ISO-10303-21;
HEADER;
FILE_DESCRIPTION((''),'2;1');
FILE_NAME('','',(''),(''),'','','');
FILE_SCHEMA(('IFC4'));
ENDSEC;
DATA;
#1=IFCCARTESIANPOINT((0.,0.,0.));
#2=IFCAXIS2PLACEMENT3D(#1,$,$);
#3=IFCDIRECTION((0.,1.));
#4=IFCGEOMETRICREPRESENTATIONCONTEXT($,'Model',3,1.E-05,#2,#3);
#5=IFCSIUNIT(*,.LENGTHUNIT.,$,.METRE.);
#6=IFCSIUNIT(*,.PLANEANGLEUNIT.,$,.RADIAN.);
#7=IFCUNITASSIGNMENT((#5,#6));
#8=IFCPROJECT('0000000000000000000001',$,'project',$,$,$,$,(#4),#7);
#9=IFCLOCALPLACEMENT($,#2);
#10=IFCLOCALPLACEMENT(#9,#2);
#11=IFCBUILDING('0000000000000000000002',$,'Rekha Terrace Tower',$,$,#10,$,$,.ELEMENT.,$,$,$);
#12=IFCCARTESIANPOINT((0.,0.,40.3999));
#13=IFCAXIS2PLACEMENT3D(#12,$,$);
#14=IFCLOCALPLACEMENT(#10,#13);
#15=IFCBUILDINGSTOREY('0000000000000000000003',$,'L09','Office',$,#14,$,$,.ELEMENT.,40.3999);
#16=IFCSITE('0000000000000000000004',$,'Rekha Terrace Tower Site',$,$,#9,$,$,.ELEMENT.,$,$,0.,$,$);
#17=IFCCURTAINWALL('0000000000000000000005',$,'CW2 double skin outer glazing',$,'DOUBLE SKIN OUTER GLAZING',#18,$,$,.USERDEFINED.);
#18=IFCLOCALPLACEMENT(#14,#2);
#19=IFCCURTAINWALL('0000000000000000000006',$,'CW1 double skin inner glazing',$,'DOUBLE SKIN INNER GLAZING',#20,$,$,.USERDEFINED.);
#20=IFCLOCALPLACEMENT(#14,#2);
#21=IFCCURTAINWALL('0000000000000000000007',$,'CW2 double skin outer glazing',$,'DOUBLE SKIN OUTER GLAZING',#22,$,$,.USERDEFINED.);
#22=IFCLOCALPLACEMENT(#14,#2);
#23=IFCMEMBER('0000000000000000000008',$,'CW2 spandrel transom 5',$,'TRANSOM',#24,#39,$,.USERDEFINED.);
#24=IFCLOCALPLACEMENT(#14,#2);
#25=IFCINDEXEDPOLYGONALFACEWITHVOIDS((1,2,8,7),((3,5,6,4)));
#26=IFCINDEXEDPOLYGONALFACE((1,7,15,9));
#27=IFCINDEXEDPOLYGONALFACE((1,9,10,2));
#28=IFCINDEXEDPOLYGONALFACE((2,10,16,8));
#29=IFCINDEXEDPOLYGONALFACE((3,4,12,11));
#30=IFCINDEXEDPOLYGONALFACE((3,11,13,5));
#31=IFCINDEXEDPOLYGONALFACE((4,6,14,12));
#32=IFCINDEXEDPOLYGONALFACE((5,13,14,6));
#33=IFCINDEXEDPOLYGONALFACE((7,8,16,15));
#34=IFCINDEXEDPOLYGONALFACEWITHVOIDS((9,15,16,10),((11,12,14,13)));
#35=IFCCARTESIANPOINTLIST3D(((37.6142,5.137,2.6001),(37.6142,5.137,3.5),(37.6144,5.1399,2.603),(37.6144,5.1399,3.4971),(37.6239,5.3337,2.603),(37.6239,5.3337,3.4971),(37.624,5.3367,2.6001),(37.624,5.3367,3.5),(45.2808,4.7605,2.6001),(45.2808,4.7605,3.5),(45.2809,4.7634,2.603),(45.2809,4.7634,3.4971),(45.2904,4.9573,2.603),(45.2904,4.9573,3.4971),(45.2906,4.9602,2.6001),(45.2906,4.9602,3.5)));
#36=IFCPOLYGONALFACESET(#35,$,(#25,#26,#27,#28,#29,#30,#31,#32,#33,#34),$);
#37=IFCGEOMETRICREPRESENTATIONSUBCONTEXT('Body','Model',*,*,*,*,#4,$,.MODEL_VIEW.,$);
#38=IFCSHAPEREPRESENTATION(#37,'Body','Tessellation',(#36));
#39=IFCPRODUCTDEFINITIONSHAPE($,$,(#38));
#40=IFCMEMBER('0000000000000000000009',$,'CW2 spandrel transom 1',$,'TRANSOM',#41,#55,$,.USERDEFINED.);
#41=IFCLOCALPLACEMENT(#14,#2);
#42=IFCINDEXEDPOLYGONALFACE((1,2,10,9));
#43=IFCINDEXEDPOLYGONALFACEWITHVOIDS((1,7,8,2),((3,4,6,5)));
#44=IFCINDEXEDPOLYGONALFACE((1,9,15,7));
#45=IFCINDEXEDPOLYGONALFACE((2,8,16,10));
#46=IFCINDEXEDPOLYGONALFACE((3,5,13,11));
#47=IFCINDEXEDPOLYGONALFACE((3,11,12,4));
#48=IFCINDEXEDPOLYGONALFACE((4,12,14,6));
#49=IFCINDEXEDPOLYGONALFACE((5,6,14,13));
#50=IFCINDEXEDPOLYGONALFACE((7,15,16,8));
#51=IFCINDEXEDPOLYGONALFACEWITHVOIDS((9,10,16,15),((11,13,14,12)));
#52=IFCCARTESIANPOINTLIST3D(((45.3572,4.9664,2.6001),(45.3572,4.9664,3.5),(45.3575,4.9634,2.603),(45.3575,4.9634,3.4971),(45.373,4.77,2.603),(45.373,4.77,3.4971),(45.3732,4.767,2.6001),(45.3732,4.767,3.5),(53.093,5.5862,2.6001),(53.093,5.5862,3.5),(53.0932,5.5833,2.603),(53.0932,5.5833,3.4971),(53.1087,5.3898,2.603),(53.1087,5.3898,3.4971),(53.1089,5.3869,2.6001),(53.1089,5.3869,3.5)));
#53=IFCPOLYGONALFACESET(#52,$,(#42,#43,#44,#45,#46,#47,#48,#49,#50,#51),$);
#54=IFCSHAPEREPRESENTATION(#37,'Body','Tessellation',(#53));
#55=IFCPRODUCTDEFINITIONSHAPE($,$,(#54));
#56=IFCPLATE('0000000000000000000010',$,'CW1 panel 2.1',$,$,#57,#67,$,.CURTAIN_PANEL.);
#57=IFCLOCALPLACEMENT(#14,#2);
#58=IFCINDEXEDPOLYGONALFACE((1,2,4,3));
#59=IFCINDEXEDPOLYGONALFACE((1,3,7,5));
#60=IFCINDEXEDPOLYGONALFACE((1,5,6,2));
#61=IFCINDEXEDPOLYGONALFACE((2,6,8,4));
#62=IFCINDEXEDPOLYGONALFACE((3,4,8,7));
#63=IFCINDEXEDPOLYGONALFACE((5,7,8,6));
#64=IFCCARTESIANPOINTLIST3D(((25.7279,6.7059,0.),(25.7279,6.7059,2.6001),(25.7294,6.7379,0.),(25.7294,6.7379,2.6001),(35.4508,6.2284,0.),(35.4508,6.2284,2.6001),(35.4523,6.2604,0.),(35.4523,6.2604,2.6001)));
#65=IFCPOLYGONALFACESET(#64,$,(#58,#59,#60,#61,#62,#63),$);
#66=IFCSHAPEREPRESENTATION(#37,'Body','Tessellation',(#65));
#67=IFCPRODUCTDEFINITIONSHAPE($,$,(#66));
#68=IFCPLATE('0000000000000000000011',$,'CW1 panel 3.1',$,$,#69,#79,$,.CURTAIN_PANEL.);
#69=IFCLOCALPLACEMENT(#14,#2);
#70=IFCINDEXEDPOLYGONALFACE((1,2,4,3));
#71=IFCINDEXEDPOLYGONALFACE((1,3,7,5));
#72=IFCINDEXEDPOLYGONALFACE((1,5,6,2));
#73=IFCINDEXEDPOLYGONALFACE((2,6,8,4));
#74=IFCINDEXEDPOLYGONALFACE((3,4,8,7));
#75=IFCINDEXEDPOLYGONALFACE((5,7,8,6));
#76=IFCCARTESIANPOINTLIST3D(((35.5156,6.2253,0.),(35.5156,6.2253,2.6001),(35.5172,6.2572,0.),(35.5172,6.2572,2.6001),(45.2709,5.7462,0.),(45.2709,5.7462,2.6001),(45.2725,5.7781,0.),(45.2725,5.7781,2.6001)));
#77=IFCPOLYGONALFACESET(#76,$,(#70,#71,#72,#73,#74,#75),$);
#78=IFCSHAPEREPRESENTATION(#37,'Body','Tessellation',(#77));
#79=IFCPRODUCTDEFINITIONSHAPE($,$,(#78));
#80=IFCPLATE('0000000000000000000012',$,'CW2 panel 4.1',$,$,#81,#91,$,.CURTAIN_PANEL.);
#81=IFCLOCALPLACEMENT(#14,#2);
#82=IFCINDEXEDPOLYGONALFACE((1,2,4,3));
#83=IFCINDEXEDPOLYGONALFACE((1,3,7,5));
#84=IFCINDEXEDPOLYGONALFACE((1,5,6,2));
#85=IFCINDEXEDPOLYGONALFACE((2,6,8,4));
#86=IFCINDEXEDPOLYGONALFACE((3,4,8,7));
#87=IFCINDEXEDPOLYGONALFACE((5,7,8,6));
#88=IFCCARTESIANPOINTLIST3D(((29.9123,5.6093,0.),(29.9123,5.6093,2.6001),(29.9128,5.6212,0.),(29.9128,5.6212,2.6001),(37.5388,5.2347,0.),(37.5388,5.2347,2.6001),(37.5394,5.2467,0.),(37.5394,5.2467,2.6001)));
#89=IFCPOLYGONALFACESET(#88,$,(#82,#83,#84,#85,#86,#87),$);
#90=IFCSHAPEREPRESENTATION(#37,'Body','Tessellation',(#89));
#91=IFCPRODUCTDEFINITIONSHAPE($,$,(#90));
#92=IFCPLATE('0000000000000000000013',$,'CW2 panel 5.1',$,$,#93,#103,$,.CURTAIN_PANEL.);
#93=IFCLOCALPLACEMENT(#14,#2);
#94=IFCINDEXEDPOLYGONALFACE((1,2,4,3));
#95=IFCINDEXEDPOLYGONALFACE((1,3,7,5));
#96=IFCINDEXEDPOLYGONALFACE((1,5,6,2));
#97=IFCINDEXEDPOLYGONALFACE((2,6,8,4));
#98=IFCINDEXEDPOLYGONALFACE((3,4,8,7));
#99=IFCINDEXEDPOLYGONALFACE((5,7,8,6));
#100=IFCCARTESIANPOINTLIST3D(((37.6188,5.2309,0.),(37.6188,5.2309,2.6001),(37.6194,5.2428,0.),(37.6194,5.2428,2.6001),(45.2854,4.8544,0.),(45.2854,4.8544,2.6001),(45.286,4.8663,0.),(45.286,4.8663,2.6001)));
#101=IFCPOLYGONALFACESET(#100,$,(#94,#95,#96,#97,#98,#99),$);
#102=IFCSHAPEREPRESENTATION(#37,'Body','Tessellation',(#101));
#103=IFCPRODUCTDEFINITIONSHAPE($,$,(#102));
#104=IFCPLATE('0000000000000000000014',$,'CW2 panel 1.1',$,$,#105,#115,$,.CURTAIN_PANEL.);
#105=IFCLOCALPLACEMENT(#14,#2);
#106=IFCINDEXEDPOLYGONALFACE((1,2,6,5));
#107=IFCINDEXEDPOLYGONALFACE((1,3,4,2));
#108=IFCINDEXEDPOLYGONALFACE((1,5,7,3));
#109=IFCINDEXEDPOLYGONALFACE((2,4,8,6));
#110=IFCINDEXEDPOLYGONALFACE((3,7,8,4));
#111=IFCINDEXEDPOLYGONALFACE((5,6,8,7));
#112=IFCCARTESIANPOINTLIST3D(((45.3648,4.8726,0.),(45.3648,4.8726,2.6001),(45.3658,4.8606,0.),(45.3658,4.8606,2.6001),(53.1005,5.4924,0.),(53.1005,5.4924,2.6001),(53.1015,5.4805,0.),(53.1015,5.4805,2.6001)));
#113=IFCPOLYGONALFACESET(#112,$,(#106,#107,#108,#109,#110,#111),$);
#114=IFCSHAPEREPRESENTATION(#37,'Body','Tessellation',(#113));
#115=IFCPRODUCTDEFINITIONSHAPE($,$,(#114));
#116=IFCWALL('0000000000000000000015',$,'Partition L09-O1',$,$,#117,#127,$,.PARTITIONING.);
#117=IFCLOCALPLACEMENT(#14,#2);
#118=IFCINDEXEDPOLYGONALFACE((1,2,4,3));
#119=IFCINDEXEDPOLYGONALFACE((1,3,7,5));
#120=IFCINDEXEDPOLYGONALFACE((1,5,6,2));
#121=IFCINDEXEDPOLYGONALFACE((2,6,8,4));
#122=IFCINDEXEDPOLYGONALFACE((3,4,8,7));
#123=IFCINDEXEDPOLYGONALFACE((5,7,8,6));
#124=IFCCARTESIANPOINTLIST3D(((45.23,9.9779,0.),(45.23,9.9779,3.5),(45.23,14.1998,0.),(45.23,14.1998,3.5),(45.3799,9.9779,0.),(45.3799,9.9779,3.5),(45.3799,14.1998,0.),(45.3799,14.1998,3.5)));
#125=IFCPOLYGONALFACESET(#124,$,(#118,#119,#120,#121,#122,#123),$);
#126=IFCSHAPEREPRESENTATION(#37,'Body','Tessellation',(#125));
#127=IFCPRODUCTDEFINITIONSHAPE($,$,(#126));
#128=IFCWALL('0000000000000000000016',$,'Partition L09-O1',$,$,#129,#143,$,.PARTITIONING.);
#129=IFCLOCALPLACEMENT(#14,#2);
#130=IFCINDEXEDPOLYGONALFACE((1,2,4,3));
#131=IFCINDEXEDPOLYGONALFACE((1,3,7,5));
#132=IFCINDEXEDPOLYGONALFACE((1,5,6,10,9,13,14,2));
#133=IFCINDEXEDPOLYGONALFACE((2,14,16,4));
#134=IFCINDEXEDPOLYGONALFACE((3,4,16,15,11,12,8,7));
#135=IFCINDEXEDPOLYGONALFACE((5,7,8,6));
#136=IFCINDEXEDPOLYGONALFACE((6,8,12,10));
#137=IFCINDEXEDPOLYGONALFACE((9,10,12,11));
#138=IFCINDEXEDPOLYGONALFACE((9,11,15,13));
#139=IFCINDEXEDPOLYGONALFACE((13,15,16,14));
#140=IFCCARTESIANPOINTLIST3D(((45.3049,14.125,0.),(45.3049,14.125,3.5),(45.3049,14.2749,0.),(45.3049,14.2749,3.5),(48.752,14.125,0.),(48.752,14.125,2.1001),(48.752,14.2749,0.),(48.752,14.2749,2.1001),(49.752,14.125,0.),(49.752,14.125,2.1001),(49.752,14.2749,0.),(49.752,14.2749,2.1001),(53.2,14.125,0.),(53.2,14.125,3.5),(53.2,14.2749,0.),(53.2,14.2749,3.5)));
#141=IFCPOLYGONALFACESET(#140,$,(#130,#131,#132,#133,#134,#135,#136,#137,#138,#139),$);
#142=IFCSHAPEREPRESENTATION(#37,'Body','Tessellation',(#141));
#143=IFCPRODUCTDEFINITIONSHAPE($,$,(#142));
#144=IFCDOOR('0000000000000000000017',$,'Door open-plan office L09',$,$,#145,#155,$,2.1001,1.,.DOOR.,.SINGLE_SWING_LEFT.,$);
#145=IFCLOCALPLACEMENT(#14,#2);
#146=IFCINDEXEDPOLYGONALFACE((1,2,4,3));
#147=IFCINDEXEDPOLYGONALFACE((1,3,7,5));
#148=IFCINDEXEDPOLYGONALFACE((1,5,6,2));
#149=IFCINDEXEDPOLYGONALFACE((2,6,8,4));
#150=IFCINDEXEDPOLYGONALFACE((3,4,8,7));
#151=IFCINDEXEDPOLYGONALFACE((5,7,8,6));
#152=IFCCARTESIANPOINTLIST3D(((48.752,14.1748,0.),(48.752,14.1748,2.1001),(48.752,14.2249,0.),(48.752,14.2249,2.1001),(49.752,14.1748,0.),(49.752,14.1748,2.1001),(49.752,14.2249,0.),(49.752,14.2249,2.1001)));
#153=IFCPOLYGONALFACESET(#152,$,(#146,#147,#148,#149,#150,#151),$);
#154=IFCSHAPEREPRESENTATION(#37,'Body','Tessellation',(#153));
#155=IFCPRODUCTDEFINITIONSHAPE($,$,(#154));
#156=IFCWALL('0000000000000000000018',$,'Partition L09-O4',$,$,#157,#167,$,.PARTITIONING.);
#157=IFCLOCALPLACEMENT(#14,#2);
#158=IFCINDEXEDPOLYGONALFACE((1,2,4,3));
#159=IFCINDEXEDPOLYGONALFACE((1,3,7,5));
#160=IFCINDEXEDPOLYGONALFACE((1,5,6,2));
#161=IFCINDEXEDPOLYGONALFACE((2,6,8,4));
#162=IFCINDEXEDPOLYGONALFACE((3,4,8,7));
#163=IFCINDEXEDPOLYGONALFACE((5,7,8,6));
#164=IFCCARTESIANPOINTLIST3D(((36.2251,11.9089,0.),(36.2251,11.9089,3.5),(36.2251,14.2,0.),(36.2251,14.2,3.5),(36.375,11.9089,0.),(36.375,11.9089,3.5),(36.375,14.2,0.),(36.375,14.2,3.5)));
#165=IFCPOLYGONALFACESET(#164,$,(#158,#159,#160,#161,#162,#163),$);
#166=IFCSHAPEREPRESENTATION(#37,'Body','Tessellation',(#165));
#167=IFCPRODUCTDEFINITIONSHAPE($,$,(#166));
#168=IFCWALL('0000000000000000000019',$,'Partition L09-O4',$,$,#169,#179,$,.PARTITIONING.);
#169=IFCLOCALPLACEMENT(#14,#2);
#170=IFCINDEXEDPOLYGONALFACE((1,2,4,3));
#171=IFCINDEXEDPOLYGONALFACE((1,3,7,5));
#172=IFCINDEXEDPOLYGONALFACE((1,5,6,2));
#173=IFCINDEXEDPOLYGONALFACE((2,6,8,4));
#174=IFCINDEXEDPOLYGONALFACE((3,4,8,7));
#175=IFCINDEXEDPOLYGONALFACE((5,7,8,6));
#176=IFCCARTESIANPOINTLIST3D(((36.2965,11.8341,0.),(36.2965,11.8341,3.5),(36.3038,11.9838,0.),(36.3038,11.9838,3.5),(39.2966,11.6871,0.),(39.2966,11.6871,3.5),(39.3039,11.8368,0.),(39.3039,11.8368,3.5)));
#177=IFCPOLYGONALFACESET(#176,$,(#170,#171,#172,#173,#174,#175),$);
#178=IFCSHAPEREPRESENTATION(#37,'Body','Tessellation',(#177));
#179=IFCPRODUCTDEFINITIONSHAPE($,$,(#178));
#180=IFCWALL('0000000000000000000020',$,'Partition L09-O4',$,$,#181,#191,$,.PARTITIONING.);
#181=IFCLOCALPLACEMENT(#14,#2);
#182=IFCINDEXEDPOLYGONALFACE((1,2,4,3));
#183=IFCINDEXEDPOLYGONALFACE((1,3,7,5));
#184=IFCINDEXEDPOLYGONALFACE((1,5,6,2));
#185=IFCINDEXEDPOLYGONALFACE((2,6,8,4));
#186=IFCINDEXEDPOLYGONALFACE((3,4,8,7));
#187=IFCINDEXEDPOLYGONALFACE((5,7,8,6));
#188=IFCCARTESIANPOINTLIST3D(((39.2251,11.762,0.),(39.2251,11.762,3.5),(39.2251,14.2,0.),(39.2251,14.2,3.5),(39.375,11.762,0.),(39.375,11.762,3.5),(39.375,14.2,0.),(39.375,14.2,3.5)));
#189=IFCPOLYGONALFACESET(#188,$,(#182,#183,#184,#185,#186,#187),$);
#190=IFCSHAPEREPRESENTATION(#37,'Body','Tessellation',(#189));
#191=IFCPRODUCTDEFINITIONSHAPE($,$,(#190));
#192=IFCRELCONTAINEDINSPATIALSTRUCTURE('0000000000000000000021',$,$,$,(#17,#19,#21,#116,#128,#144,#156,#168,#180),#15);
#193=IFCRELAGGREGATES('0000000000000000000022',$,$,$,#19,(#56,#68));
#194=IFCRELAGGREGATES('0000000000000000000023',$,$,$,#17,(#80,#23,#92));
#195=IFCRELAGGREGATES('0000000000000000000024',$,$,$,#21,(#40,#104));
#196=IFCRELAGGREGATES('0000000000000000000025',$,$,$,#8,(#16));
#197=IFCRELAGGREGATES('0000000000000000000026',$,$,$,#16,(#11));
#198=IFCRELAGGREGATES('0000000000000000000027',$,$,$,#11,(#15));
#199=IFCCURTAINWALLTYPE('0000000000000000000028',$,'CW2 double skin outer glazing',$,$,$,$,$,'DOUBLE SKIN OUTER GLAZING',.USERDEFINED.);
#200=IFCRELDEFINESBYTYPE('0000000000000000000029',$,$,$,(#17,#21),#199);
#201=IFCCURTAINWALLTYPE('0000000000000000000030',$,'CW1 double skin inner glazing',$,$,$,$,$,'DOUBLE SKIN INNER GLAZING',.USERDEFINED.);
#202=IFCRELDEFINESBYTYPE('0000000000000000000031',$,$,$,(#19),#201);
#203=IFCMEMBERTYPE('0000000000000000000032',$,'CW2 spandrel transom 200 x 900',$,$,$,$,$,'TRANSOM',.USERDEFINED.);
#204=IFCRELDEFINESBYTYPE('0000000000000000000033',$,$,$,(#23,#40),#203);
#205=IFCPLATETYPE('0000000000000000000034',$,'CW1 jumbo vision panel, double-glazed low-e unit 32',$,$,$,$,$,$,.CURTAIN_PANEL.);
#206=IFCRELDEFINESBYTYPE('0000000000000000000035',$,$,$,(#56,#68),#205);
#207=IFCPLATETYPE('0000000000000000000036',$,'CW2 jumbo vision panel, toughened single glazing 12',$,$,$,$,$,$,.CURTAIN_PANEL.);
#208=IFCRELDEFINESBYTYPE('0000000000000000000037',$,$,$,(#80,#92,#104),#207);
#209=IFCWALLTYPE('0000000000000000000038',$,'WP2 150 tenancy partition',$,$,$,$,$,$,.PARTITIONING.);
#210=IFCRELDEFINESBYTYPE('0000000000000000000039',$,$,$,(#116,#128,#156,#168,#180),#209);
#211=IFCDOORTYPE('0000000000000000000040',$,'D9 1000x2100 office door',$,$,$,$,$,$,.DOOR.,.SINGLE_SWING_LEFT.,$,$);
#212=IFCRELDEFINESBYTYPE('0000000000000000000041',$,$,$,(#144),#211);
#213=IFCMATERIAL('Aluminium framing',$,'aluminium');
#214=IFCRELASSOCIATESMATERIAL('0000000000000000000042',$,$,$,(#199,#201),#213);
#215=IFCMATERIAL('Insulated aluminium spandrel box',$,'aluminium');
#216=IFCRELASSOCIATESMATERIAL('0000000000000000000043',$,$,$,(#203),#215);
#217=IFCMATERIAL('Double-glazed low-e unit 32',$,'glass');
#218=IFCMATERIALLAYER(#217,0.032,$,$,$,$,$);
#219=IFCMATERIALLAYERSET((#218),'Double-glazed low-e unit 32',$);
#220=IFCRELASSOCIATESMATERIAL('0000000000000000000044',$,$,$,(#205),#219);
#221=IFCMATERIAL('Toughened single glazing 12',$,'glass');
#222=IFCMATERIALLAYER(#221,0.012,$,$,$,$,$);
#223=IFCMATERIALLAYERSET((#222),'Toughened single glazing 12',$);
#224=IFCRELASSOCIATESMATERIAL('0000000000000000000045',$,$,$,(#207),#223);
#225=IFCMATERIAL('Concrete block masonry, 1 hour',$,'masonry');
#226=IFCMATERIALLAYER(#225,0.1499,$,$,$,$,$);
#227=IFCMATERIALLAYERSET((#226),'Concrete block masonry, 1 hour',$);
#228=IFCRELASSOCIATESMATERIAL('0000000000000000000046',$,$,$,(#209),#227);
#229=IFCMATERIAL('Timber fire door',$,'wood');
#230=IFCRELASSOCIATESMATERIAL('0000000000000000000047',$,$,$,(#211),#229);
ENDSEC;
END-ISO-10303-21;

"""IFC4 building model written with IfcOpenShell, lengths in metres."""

from ifc_helpers import new_model, si_unit, direction, frame, frame_2d, origin, origin_2d, place, context, subcontext, project, spatial, rectangle, hollow_rectangle, extrude, material, layer, layer_set, material_profile, profile_set, type_object, element, fill, aggregate, save


model = new_model("IFC4")

# Units and contexts
model_context = context("Model", 3, precision=1e-05, world=origin(), true_north=direction((0.0, 1.0)))
body_context = subcontext(model_context, "Body", "Model", "MODEL_VIEW")
ifc_project = project(units=[si_unit("LENGTHUNIT", "METRE"), si_unit("PLANEANGLEUNIT", "RADIAN")], contexts=[model_context])

# Site, building, storey
site_placement = place(None, origin())
site = spatial("IfcSite", under=ifc_project, at=site_placement, Name="Rekha Terrace Tower Site", CompositionType="ELEMENT", RefElevation=0.0)
building_placement = place(site_placement, origin())
building = spatial("IfcBuilding", under=site, at=building_placement, Name="Rekha Terrace Tower", CompositionType="ELEMENT")
storey_placement = place(building_placement, frame((0.0, 0.0, 40.3999)))
storey = spatial("IfcBuildingStorey", under=building, at=storey_placement, Name="L09", Description="Office", CompositionType="ELEMENT", Elevation=40.3999)

# Curtain walls
ifc_material_1 = material(Name="Aluminium framing", Category="aluminium")
curtain_wall_type_1 = type_object("IfcCurtainWallType", Name="CW2 double skin outer glazing", ElementType="DOUBLE SKIN OUTER GLAZING", PredefinedType="USERDEFINED", material=ifc_material_1)
curtain_wall_1_placement = place(storey_placement, origin())
curtain_wall_1 = element("IfcCurtainWall", 1, at=curtain_wall_1_placement, inside=storey, type_object=curtain_wall_type_1, Name="CW2 double skin outer glazing", ObjectType="DOUBLE SKIN OUTER GLAZING", PredefinedType="USERDEFINED")
curtain_wall_type_2 = type_object("IfcCurtainWallType", Name="CW1 double skin inner glazing", ElementType="DOUBLE SKIN INNER GLAZING", PredefinedType="USERDEFINED", material=ifc_material_1)
curtain_wall_2_placement = place(storey_placement, origin())
curtain_wall_2 = element("IfcCurtainWall", 2, at=curtain_wall_2_placement, inside=storey, type_object=curtain_wall_type_2, Name="CW1 double skin inner glazing", ObjectType="DOUBLE SKIN INNER GLAZING", PredefinedType="USERDEFINED")

# Shared definitions
ifc_material_2 = material(Name="Insulated aluminium spandrel box", Category="aluminium")

# Curtain wall
curtain_wall_3_placement = place(storey_placement, origin())
curtain_wall_3 = element("IfcCurtainWall", 3, at=curtain_wall_3_placement, inside=storey, type_object=curtain_wall_type_1, Name="CW2 double skin outer glazing", ObjectType="DOUBLE SKIN OUTER GLAZING", PredefinedType="USERDEFINED")

# Members
ifc_material_profile_1 = material_profile(ifc_material_2, hollow_rectangle(XDim=0.2, YDim=0.8999, WallThickness=0.0029, at=origin_2d()), Name="AL SPANDREL BOX 200x900")
ifc_profile_set_1 = profile_set([ifc_material_profile_1], Name="Insulated aluminium spandrel box")
member_type_1 = type_object("IfcMemberType", Name="CW2 spandrel transom 200 x 900", ElementType="TRANSOM", PredefinedType="USERDEFINED", material=ifc_profile_set_1)
member_1_placement = place(storey_placement, frame((37.6191, 5.2368, 3.05), z_axis=(0.998797, -0.049046, 0.0), x_axis=(0.049046, 0.998797, 0.0)))
member_1 = element("IfcMember", 4, at=member_1_placement, type_object=member_type_1, Name="CW2 spandrel transom 5", ObjectType="TRANSOM", PredefinedType="USERDEFINED", context=body_context, shape_type="SweptSolid", body=[
    extrude(hollow_rectangle(XDim=0.2, YDim=0.8999, WallThickness=0.0029, at=origin_2d()), origin(), (0.0, 0.0, 1.0), 7.6758),
])
member_2_placement = place(storey_placement, frame((45.3652, 4.8667, 3.05), z_axis=(0.996805, 0.079877, 0.0), x_axis=(-0.079877, 0.996805, 0.0)))
member_2 = element("IfcMember", 5, at=member_2_placement, type_object=member_type_1, Name="CW2 spandrel transom 1", ObjectType="TRANSOM", PredefinedType="USERDEFINED", context=body_context, shape_type="SweptSolid", body=[
    extrude(hollow_rectangle(XDim=0.2, YDim=0.8999, WallThickness=0.0029, at=origin_2d()), origin(), (0.0, 0.0, 1.0), 7.7605),
])

# Plates
ifc_material_3 = material(Name="Double-glazed low-e unit 32", Category="glass")
ifc_layer_1 = layer(ifc_material_3, 0.032)
ifc_layer_set_1 = layer_set([ifc_layer_1], Name="Double-glazed low-e unit 32")
plate_type_1 = type_object("IfcPlateType", Name="CW1 jumbo vision panel, double-glazed low-e unit 32", PredefinedType="CURTAIN_PANEL", material=ifc_layer_set_1)
plate_1_placement = place(storey_placement, frame((30.5901, 6.4832, 0.0), z_axis=(0.0, 0.0, 1.0), x_axis=(0.998796, -0.049052, 0.0)))
plate_1 = element("IfcPlate", 6, at=plate_1_placement, type_object=plate_type_1, Name="CW1 panel 2.1", PredefinedType="CURTAIN_PANEL", context=body_context, shape_type="SweptSolid", body=[
    extrude(rectangle(XDim=9.7346, YDim=0.032, at=origin_2d()), origin(), (0.0, 0.0, 1.0), 2.6001),
])
plate_2_placement = place(storey_placement, frame((40.394, 6.0017, 0.0), z_axis=(0.0, 0.0, 1.0), x_axis=(0.998796, -0.049052, 0.0)))
plate_2 = element("IfcPlate", 7, at=plate_2_placement, type_object=plate_type_1, Name="CW1 panel 3.1", PredefinedType="CURTAIN_PANEL", context=body_context, shape_type="SweptSolid", body=[
    extrude(rectangle(XDim=9.7671, YDim=0.032, at=origin_2d()), origin(), (0.0, 0.0, 1.0), 2.6001),
])
aggregate(curtain_wall_2, [plate_1, plate_2])
ifc_material_4 = material(Name="Toughened single glazing 12", Category="glass")
ifc_layer_2 = layer(ifc_material_4, 0.012)
ifc_layer_set_2 = layer_set([ifc_layer_2], Name="Toughened single glazing 12")
plate_type_2 = type_object("IfcPlateType", Name="CW2 jumbo vision panel, toughened single glazing 12", PredefinedType="CURTAIN_PANEL", material=ifc_layer_set_2)
plate_3_placement = place(storey_placement, frame((33.7258, 5.428, 0.0), z_axis=(0.0, 0.0, 1.0), x_axis=(0.998796, -0.049052, 0.0)))
plate_3 = element("IfcPlate", 8, at=plate_3_placement, type_object=plate_type_2, Name="CW2 panel 4.1", PredefinedType="CURTAIN_PANEL", context=body_context, shape_type="SweptSolid", body=[
    extrude(rectangle(XDim=7.6357, YDim=0.012, at=origin_2d()), origin(), (0.0, 0.0, 1.0), 2.6001),
])
plate_4_placement = place(storey_placement, frame((41.4524, 5.0486, 0.0), z_axis=(0.0, 0.0, 1.0), x_axis=(0.998796, -0.049052, 0.0)))
plate_4 = element("IfcPlate", 9, at=plate_4_placement, type_object=plate_type_2, Name="CW2 panel 5.1", PredefinedType="CURTAIN_PANEL", context=body_context, shape_type="SweptSolid", body=[
    extrude(rectangle(XDim=7.6758, YDim=0.012, at=origin_2d()), origin(), (0.0, 0.0, 1.0), 2.6001),
])
aggregate(curtain_wall_1, [plate_3, member_1, plate_4])
plate_5_placement = place(storey_placement, frame((49.2332, 5.1765, 0.0), z_axis=(0.0, 0.0, 1.0), x_axis=(0.996805, 0.079872, 0.0)))
plate_5 = element("IfcPlate", 10, at=plate_5_placement, type_object=plate_type_2, Name="CW2 panel 1.1", PredefinedType="CURTAIN_PANEL", context=body_context, shape_type="SweptSolid", body=[
    extrude(rectangle(XDim=7.7605, YDim=0.012, at=origin_2d()), origin(), (0.0, 0.0, 1.0), 2.6001),
])
aggregate(curtain_wall_3, [member_2, plate_5])

# Wall
ifc_material_5 = material(Name="Concrete block masonry, 1 hour", Category="masonry")
ifc_layer_3 = layer(ifc_material_5, 0.1499)
ifc_layer_set_3 = layer_set([ifc_layer_3], Name="Concrete block masonry, 1 hour")
wall_type_1 = type_object("IfcWallType", Name="WP2 150 tenancy partition", PredefinedType="PARTITIONING", material=ifc_layer_set_3)
wall_1_placement = place(storey_placement, frame((45.3049, 9.978, 0.0), z_axis=(0.0, 0.0, 1.0), x_axis=(0.0, 1.0, 0.0)))
element("IfcWall", 11, at=wall_1_placement, inside=storey, type_object=wall_type_1, Name="Partition L09-O1", PredefinedType="PARTITIONING", context=body_context, shape_type="SweptSolid", body=[
    extrude(rectangle(XDim=4.2219, YDim=0.1499, at=frame_2d((2.1108, 0.0))), origin(), (0.0, 0.0, 1.0), 3.5),
])

# Wall, opening, door
wall_2_placement = place(storey_placement, frame((45.3049, 14.2, 0.0), z_axis=(0.0, 0.0, 1.0), x_axis=(1.0, 0.0, 0.0)))
wall_2 = element("IfcWall", 12, at=wall_2_placement, inside=storey, type_object=wall_type_1, Name="Partition L09-O1", PredefinedType="PARTITIONING", context=body_context, shape_type="SweptSolid", body=[
    extrude(rectangle(XDim=7.895, YDim=0.1499, at=frame_2d((3.9475, 0.0))), origin(), (0.0, 0.0, 1.0), 3.5),
])
opening_1_placement = place(wall_2_placement, frame((3.447, 0.0, 0.0)))
opening_1 = element("IfcOpeningElement", 13, at=opening_1_placement, cuts=wall_2, PredefinedType="OPENING", context=body_context, shape_type="SweptSolid", body=[
    extrude(rectangle(XDim=1.0, YDim=2.1001, at=frame_2d((0.5, 1.05))), frame((0.0, 0.085, 0.0), z_axis=(0.0, -1.0, 0.0), x_axis=(1.0, 0.0, 0.0)), (0.0, 0.0, 1.0), 0.1699),
])
ifc_material_6 = material(Name="Timber fire door", Category="wood")
door_type_1 = type_object("IfcDoorType", Name="D9 1000x2100 office door", OperationType="SINGLE_SWING_LEFT", PredefinedType="DOOR", material=ifc_material_6)
door_1_placement = place(opening_1_placement, origin())
door_1 = element("IfcDoor", 14, at=door_1_placement, inside=storey, type_object=door_type_1, Name="Door open-plan office L09", OperationType="SINGLE_SWING_LEFT", OverallHeight=2.1001, OverallWidth=1.0, PredefinedType="DOOR", context=body_context, shape_type="SweptSolid", body=[
    extrude(rectangle(XDim=1.0, YDim=2.1001, at=frame_2d((0.5, 1.05))), frame((0.0, 0.0249, 0.0), z_axis=(0.0, -1.0, 0.0), x_axis=(1.0, 0.0, 0.0)), (0.0, 0.0, 1.0), 0.05),
])
fill(opening_1, door_1)

# Walls
wall_3_placement = place(storey_placement, frame((36.3, 14.2, 0.0), z_axis=(0.0, 0.0, 1.0), x_axis=(0.0, -1.0, 0.0)))
element("IfcWall", 15, at=wall_3_placement, inside=storey, type_object=wall_type_1, Name="Partition L09-O4", PredefinedType="PARTITIONING", context=body_context, shape_type="SweptSolid", body=[
    extrude(rectangle(XDim=2.291, YDim=0.1499, at=frame_2d((1.1455, 0.0))), origin(), (0.0, 0.0, 1.0), 3.5),
])
wall_4_placement = place(storey_placement, frame((36.3, 11.9089, 0.0), z_axis=(0.0, 0.0, 1.0), x_axis=(0.998802, -0.048932, 0.0)))
element("IfcWall", 16, at=wall_4_placement, inside=storey, type_object=wall_type_1, Name="Partition L09-O4", PredefinedType="PARTITIONING", context=body_context, shape_type="SweptSolid", body=[
    extrude(rectangle(XDim=3.0037, YDim=0.1499, at=frame_2d((1.502, 0.0))), origin(), (0.0, 0.0, 1.0), 3.5),
])
wall_5_placement = place(storey_placement, frame((39.3, 11.762, 0.0), z_axis=(0.0, 0.0, 1.0), x_axis=(0.0, 1.0, 0.0)))
element("IfcWall", 17, at=wall_5_placement, inside=storey, type_object=wall_type_1, Name="Partition L09-O4", PredefinedType="PARTITIONING", context=body_context, shape_type="SweptSolid", body=[
    extrude(rectangle(XDim=2.438, YDim=0.1499, at=frame_2d((1.219, 0.0))), origin(), (0.0, 0.0, 1.0), 3.5),
])

save(model, "model.ifc")
